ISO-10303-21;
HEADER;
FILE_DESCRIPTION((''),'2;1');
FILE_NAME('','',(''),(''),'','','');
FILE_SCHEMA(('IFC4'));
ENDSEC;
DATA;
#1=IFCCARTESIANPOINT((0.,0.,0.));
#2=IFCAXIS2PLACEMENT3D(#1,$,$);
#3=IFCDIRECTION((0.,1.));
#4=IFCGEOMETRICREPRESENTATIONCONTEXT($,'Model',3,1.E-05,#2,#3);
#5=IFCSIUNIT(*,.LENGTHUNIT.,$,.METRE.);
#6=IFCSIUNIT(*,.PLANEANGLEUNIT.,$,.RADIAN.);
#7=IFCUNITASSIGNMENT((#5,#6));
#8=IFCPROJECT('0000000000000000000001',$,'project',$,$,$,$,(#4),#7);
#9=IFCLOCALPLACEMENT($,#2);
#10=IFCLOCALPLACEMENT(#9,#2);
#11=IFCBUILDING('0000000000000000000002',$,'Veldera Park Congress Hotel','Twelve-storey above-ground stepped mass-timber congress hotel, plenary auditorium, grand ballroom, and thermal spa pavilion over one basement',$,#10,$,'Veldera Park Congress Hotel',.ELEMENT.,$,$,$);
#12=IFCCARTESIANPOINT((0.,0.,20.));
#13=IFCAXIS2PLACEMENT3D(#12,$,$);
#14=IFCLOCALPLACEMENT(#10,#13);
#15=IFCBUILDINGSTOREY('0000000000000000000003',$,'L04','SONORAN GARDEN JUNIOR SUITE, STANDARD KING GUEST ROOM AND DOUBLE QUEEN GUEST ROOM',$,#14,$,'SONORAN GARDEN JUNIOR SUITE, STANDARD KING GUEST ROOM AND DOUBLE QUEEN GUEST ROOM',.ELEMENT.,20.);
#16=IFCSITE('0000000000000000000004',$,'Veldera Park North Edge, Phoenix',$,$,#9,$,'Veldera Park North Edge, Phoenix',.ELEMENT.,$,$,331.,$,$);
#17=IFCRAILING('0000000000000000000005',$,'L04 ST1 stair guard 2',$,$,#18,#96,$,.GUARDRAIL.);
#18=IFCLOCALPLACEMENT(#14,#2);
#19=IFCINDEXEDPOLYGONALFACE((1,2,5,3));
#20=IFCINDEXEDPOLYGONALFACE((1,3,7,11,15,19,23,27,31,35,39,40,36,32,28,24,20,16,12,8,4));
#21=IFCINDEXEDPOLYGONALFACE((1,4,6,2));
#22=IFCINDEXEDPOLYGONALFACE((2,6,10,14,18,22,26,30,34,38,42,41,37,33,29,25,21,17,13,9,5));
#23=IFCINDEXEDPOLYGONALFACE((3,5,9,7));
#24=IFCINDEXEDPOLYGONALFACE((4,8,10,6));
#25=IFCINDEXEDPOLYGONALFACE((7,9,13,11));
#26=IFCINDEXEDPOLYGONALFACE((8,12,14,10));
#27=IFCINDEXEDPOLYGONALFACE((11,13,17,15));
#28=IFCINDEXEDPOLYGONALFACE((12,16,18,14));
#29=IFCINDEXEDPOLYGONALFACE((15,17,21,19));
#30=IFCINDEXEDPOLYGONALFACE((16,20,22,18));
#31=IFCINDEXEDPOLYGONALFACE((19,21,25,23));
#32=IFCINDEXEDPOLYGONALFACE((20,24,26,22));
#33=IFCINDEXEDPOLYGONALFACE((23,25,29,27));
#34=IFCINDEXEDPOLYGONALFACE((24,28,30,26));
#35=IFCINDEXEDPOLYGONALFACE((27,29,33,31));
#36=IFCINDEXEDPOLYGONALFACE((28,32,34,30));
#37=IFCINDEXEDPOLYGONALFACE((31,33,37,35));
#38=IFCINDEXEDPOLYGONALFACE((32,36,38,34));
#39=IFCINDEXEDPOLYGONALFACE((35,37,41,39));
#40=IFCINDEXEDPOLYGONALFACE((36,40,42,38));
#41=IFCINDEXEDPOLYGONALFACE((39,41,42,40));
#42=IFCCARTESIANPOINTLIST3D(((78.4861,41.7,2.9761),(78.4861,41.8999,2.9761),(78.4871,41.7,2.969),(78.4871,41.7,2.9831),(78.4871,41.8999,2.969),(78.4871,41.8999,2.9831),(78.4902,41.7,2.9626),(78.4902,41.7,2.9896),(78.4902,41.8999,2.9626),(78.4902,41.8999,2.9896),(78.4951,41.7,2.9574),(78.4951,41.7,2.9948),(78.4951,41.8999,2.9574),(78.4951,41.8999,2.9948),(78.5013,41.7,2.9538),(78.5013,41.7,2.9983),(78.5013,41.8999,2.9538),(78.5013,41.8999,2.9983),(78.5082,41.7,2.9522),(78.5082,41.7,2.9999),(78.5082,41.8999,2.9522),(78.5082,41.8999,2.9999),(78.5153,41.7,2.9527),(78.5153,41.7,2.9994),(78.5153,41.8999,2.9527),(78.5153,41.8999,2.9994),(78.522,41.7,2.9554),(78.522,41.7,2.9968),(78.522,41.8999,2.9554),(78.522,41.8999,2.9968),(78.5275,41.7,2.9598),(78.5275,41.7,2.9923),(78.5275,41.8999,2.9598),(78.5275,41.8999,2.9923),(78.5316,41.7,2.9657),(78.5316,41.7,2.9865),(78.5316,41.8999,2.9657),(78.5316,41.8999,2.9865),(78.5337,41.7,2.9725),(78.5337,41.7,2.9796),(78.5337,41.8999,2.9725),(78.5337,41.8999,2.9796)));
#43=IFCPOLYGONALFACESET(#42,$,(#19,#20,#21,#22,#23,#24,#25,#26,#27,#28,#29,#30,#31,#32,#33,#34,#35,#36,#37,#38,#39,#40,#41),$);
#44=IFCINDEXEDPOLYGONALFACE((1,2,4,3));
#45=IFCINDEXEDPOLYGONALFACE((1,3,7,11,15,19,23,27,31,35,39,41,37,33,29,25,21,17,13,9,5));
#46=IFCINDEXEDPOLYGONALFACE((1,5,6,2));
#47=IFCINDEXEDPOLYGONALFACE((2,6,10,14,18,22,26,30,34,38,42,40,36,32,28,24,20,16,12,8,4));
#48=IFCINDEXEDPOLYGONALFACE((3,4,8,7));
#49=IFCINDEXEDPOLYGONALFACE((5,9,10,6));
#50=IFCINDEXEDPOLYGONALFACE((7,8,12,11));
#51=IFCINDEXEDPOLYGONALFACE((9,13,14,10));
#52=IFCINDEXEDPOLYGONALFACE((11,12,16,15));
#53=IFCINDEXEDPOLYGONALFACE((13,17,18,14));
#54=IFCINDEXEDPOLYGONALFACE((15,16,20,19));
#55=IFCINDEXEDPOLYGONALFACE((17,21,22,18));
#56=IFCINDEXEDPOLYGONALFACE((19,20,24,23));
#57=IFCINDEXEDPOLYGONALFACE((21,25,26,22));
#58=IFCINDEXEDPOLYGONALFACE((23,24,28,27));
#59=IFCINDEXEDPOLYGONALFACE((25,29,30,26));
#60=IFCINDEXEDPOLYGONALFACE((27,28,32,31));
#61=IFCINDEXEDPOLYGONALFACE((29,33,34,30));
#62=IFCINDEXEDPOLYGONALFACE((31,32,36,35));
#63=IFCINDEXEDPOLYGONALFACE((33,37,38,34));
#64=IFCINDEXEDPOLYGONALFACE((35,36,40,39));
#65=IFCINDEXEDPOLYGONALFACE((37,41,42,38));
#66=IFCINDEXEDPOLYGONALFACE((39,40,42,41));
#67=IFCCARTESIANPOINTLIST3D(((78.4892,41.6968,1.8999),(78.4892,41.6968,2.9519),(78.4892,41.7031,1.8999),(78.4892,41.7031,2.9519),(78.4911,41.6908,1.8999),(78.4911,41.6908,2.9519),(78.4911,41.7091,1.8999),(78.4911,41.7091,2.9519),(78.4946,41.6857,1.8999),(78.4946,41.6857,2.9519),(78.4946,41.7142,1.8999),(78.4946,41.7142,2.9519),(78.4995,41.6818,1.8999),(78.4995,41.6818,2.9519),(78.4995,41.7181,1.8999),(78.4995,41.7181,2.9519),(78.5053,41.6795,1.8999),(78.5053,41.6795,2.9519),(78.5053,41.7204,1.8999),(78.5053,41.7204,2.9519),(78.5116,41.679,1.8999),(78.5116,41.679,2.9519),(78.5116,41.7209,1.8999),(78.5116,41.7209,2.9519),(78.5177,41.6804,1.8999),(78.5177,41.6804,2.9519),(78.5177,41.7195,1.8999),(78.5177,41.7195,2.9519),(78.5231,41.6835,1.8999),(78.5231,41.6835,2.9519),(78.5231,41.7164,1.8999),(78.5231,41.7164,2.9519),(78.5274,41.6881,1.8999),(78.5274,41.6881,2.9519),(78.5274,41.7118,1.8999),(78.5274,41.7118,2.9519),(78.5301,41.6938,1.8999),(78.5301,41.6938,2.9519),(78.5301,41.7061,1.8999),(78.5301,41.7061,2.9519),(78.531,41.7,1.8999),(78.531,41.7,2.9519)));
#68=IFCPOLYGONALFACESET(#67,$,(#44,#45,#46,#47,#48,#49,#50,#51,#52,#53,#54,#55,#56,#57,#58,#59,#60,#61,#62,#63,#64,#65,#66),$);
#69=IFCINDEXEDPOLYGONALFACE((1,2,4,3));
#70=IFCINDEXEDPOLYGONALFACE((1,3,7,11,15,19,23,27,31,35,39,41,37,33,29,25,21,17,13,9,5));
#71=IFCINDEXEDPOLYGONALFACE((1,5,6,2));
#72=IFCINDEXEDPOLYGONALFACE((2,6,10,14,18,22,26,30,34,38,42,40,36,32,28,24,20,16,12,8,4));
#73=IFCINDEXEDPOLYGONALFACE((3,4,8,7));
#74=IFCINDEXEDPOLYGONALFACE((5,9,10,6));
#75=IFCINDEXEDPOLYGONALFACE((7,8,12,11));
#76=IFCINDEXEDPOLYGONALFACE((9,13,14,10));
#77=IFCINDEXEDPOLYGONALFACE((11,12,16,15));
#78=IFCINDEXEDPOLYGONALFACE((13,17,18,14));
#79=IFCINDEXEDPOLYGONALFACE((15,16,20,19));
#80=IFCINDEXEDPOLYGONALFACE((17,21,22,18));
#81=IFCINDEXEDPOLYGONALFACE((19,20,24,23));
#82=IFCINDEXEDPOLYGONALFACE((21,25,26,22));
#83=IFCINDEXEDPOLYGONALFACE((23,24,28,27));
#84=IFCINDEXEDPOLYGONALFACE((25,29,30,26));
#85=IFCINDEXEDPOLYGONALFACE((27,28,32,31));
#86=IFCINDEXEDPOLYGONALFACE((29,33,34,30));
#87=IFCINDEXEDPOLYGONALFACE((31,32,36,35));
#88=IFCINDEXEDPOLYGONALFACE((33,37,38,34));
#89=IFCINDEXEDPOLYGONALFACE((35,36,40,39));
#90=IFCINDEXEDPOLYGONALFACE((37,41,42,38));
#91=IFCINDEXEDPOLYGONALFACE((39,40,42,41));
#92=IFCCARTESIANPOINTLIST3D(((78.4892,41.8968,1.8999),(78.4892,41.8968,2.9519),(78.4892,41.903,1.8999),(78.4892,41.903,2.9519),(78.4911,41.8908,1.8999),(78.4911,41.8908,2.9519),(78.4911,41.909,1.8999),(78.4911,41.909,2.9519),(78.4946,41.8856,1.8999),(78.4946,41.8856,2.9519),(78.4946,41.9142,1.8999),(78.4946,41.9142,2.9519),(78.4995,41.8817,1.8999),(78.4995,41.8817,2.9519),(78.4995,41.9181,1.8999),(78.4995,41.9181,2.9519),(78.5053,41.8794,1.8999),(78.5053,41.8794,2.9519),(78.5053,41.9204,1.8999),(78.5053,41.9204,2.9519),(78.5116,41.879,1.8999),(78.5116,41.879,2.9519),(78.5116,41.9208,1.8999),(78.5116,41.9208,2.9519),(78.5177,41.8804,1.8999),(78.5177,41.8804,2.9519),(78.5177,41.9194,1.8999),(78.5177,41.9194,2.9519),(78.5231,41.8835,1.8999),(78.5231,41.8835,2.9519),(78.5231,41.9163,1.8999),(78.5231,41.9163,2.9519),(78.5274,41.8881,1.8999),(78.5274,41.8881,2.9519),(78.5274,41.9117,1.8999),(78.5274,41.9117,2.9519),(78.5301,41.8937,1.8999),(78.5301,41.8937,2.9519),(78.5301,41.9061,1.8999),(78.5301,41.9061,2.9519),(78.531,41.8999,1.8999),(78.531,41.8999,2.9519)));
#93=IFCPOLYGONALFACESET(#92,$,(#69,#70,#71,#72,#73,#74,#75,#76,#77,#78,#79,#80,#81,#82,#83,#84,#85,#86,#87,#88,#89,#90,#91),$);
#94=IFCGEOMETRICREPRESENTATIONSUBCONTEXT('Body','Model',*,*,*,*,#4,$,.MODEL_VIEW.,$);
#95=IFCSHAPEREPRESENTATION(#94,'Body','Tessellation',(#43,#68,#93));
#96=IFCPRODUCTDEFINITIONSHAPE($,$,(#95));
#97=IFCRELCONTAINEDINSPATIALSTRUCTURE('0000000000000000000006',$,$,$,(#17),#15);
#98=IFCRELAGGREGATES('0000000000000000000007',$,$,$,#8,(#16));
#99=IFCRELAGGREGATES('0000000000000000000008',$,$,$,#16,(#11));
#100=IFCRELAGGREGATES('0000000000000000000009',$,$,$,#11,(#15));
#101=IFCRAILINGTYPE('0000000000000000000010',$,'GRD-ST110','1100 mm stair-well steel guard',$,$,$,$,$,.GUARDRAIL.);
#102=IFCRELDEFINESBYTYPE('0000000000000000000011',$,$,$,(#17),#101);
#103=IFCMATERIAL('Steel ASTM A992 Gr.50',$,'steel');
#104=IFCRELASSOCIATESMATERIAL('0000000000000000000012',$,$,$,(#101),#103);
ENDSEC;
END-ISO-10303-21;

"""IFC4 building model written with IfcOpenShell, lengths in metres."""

from ifc_helpers import new_model, si_unit, direction, frame, origin, origin_2d, place, context, subcontext, project, spatial, circle, extrude, material, type_object, element, save


model = new_model("IFC4")

# Units and contexts
model_context = context("Model", 3, precision=1e-05, world=origin(), true_north=direction((0.0, 1.0)))
body_context = subcontext(model_context, "Body", "Model", "MODEL_VIEW")
ifc_project = project(units=[si_unit("LENGTHUNIT", "METRE"), si_unit("PLANEANGLEUNIT", "RADIAN")], contexts=[model_context])

# Site, building, storey
site_placement = place(None, origin())
site = spatial("IfcSite", under=ifc_project, at=site_placement, Name="Veldera Park North Edge, Phoenix", LongName="Veldera Park North Edge, Phoenix", CompositionType="ELEMENT", RefElevation=331.0)
building_placement = place(site_placement, origin())
building = spatial("IfcBuilding", under=site, at=building_placement, Name="Veldera Park Congress Hotel", Description="Twelve-storey above-ground stepped mass-timber congress hotel, plenary auditorium, grand ballroom, and thermal spa pavilion over one basement", LongName="Veldera Park Congress Hotel", CompositionType="ELEMENT")
storey_placement = place(building_placement, frame((0.0, 0.0, 20.0)))
storey = spatial("IfcBuildingStorey", under=building, at=storey_placement, Name="L04", Description="SONORAN GARDEN JUNIOR SUITE, STANDARD KING GUEST ROOM AND DOUBLE QUEEN GUEST ROOM", LongName="SONORAN GARDEN JUNIOR SUITE, STANDARD KING GUEST ROOM AND DOUBLE QUEEN GUEST ROOM", CompositionType="ELEMENT", Elevation=20.0)

# Railing
ifc_material_1 = material(Name="Steel ASTM A992 Gr.50", Category="steel")
railing_type_1 = type_object("IfcRailingType", Name="GRD-ST110", Description="1100 mm stair-well steel guard", PredefinedType="GUARDRAIL", material=ifc_material_1)
railing_1_placement = place(storey_placement, frame((78.51, 41.7, 1.8999)))
element("IfcRailing", 1, at=railing_1_placement, inside=storey, type_object=railing_type_1, Name="L04 ST1 stair guard 2", PredefinedType="GUARDRAIL", context=body_context, shape_type="SweptSolid", body=[
    extrude(circle(Radius=0.0239, at=origin_2d()), frame((0.0, 0.0, 1.0762), z_axis=(0.0, 1.0, 0.0), x_axis=(-1.0, 0.0, 0.0)), (0.0, 0.0, 1.0), 0.2),
    extrude(circle(Radius=0.021, at=origin_2d()), origin(), (0.0, 0.0, 1.0), 1.052),
    extrude(circle(Radius=0.021, at=origin_2d()), frame((0.0, 0.2, 0.0)), (0.0, 0.0, 1.0), 1.052),
])

save(model, "model.ifc")
